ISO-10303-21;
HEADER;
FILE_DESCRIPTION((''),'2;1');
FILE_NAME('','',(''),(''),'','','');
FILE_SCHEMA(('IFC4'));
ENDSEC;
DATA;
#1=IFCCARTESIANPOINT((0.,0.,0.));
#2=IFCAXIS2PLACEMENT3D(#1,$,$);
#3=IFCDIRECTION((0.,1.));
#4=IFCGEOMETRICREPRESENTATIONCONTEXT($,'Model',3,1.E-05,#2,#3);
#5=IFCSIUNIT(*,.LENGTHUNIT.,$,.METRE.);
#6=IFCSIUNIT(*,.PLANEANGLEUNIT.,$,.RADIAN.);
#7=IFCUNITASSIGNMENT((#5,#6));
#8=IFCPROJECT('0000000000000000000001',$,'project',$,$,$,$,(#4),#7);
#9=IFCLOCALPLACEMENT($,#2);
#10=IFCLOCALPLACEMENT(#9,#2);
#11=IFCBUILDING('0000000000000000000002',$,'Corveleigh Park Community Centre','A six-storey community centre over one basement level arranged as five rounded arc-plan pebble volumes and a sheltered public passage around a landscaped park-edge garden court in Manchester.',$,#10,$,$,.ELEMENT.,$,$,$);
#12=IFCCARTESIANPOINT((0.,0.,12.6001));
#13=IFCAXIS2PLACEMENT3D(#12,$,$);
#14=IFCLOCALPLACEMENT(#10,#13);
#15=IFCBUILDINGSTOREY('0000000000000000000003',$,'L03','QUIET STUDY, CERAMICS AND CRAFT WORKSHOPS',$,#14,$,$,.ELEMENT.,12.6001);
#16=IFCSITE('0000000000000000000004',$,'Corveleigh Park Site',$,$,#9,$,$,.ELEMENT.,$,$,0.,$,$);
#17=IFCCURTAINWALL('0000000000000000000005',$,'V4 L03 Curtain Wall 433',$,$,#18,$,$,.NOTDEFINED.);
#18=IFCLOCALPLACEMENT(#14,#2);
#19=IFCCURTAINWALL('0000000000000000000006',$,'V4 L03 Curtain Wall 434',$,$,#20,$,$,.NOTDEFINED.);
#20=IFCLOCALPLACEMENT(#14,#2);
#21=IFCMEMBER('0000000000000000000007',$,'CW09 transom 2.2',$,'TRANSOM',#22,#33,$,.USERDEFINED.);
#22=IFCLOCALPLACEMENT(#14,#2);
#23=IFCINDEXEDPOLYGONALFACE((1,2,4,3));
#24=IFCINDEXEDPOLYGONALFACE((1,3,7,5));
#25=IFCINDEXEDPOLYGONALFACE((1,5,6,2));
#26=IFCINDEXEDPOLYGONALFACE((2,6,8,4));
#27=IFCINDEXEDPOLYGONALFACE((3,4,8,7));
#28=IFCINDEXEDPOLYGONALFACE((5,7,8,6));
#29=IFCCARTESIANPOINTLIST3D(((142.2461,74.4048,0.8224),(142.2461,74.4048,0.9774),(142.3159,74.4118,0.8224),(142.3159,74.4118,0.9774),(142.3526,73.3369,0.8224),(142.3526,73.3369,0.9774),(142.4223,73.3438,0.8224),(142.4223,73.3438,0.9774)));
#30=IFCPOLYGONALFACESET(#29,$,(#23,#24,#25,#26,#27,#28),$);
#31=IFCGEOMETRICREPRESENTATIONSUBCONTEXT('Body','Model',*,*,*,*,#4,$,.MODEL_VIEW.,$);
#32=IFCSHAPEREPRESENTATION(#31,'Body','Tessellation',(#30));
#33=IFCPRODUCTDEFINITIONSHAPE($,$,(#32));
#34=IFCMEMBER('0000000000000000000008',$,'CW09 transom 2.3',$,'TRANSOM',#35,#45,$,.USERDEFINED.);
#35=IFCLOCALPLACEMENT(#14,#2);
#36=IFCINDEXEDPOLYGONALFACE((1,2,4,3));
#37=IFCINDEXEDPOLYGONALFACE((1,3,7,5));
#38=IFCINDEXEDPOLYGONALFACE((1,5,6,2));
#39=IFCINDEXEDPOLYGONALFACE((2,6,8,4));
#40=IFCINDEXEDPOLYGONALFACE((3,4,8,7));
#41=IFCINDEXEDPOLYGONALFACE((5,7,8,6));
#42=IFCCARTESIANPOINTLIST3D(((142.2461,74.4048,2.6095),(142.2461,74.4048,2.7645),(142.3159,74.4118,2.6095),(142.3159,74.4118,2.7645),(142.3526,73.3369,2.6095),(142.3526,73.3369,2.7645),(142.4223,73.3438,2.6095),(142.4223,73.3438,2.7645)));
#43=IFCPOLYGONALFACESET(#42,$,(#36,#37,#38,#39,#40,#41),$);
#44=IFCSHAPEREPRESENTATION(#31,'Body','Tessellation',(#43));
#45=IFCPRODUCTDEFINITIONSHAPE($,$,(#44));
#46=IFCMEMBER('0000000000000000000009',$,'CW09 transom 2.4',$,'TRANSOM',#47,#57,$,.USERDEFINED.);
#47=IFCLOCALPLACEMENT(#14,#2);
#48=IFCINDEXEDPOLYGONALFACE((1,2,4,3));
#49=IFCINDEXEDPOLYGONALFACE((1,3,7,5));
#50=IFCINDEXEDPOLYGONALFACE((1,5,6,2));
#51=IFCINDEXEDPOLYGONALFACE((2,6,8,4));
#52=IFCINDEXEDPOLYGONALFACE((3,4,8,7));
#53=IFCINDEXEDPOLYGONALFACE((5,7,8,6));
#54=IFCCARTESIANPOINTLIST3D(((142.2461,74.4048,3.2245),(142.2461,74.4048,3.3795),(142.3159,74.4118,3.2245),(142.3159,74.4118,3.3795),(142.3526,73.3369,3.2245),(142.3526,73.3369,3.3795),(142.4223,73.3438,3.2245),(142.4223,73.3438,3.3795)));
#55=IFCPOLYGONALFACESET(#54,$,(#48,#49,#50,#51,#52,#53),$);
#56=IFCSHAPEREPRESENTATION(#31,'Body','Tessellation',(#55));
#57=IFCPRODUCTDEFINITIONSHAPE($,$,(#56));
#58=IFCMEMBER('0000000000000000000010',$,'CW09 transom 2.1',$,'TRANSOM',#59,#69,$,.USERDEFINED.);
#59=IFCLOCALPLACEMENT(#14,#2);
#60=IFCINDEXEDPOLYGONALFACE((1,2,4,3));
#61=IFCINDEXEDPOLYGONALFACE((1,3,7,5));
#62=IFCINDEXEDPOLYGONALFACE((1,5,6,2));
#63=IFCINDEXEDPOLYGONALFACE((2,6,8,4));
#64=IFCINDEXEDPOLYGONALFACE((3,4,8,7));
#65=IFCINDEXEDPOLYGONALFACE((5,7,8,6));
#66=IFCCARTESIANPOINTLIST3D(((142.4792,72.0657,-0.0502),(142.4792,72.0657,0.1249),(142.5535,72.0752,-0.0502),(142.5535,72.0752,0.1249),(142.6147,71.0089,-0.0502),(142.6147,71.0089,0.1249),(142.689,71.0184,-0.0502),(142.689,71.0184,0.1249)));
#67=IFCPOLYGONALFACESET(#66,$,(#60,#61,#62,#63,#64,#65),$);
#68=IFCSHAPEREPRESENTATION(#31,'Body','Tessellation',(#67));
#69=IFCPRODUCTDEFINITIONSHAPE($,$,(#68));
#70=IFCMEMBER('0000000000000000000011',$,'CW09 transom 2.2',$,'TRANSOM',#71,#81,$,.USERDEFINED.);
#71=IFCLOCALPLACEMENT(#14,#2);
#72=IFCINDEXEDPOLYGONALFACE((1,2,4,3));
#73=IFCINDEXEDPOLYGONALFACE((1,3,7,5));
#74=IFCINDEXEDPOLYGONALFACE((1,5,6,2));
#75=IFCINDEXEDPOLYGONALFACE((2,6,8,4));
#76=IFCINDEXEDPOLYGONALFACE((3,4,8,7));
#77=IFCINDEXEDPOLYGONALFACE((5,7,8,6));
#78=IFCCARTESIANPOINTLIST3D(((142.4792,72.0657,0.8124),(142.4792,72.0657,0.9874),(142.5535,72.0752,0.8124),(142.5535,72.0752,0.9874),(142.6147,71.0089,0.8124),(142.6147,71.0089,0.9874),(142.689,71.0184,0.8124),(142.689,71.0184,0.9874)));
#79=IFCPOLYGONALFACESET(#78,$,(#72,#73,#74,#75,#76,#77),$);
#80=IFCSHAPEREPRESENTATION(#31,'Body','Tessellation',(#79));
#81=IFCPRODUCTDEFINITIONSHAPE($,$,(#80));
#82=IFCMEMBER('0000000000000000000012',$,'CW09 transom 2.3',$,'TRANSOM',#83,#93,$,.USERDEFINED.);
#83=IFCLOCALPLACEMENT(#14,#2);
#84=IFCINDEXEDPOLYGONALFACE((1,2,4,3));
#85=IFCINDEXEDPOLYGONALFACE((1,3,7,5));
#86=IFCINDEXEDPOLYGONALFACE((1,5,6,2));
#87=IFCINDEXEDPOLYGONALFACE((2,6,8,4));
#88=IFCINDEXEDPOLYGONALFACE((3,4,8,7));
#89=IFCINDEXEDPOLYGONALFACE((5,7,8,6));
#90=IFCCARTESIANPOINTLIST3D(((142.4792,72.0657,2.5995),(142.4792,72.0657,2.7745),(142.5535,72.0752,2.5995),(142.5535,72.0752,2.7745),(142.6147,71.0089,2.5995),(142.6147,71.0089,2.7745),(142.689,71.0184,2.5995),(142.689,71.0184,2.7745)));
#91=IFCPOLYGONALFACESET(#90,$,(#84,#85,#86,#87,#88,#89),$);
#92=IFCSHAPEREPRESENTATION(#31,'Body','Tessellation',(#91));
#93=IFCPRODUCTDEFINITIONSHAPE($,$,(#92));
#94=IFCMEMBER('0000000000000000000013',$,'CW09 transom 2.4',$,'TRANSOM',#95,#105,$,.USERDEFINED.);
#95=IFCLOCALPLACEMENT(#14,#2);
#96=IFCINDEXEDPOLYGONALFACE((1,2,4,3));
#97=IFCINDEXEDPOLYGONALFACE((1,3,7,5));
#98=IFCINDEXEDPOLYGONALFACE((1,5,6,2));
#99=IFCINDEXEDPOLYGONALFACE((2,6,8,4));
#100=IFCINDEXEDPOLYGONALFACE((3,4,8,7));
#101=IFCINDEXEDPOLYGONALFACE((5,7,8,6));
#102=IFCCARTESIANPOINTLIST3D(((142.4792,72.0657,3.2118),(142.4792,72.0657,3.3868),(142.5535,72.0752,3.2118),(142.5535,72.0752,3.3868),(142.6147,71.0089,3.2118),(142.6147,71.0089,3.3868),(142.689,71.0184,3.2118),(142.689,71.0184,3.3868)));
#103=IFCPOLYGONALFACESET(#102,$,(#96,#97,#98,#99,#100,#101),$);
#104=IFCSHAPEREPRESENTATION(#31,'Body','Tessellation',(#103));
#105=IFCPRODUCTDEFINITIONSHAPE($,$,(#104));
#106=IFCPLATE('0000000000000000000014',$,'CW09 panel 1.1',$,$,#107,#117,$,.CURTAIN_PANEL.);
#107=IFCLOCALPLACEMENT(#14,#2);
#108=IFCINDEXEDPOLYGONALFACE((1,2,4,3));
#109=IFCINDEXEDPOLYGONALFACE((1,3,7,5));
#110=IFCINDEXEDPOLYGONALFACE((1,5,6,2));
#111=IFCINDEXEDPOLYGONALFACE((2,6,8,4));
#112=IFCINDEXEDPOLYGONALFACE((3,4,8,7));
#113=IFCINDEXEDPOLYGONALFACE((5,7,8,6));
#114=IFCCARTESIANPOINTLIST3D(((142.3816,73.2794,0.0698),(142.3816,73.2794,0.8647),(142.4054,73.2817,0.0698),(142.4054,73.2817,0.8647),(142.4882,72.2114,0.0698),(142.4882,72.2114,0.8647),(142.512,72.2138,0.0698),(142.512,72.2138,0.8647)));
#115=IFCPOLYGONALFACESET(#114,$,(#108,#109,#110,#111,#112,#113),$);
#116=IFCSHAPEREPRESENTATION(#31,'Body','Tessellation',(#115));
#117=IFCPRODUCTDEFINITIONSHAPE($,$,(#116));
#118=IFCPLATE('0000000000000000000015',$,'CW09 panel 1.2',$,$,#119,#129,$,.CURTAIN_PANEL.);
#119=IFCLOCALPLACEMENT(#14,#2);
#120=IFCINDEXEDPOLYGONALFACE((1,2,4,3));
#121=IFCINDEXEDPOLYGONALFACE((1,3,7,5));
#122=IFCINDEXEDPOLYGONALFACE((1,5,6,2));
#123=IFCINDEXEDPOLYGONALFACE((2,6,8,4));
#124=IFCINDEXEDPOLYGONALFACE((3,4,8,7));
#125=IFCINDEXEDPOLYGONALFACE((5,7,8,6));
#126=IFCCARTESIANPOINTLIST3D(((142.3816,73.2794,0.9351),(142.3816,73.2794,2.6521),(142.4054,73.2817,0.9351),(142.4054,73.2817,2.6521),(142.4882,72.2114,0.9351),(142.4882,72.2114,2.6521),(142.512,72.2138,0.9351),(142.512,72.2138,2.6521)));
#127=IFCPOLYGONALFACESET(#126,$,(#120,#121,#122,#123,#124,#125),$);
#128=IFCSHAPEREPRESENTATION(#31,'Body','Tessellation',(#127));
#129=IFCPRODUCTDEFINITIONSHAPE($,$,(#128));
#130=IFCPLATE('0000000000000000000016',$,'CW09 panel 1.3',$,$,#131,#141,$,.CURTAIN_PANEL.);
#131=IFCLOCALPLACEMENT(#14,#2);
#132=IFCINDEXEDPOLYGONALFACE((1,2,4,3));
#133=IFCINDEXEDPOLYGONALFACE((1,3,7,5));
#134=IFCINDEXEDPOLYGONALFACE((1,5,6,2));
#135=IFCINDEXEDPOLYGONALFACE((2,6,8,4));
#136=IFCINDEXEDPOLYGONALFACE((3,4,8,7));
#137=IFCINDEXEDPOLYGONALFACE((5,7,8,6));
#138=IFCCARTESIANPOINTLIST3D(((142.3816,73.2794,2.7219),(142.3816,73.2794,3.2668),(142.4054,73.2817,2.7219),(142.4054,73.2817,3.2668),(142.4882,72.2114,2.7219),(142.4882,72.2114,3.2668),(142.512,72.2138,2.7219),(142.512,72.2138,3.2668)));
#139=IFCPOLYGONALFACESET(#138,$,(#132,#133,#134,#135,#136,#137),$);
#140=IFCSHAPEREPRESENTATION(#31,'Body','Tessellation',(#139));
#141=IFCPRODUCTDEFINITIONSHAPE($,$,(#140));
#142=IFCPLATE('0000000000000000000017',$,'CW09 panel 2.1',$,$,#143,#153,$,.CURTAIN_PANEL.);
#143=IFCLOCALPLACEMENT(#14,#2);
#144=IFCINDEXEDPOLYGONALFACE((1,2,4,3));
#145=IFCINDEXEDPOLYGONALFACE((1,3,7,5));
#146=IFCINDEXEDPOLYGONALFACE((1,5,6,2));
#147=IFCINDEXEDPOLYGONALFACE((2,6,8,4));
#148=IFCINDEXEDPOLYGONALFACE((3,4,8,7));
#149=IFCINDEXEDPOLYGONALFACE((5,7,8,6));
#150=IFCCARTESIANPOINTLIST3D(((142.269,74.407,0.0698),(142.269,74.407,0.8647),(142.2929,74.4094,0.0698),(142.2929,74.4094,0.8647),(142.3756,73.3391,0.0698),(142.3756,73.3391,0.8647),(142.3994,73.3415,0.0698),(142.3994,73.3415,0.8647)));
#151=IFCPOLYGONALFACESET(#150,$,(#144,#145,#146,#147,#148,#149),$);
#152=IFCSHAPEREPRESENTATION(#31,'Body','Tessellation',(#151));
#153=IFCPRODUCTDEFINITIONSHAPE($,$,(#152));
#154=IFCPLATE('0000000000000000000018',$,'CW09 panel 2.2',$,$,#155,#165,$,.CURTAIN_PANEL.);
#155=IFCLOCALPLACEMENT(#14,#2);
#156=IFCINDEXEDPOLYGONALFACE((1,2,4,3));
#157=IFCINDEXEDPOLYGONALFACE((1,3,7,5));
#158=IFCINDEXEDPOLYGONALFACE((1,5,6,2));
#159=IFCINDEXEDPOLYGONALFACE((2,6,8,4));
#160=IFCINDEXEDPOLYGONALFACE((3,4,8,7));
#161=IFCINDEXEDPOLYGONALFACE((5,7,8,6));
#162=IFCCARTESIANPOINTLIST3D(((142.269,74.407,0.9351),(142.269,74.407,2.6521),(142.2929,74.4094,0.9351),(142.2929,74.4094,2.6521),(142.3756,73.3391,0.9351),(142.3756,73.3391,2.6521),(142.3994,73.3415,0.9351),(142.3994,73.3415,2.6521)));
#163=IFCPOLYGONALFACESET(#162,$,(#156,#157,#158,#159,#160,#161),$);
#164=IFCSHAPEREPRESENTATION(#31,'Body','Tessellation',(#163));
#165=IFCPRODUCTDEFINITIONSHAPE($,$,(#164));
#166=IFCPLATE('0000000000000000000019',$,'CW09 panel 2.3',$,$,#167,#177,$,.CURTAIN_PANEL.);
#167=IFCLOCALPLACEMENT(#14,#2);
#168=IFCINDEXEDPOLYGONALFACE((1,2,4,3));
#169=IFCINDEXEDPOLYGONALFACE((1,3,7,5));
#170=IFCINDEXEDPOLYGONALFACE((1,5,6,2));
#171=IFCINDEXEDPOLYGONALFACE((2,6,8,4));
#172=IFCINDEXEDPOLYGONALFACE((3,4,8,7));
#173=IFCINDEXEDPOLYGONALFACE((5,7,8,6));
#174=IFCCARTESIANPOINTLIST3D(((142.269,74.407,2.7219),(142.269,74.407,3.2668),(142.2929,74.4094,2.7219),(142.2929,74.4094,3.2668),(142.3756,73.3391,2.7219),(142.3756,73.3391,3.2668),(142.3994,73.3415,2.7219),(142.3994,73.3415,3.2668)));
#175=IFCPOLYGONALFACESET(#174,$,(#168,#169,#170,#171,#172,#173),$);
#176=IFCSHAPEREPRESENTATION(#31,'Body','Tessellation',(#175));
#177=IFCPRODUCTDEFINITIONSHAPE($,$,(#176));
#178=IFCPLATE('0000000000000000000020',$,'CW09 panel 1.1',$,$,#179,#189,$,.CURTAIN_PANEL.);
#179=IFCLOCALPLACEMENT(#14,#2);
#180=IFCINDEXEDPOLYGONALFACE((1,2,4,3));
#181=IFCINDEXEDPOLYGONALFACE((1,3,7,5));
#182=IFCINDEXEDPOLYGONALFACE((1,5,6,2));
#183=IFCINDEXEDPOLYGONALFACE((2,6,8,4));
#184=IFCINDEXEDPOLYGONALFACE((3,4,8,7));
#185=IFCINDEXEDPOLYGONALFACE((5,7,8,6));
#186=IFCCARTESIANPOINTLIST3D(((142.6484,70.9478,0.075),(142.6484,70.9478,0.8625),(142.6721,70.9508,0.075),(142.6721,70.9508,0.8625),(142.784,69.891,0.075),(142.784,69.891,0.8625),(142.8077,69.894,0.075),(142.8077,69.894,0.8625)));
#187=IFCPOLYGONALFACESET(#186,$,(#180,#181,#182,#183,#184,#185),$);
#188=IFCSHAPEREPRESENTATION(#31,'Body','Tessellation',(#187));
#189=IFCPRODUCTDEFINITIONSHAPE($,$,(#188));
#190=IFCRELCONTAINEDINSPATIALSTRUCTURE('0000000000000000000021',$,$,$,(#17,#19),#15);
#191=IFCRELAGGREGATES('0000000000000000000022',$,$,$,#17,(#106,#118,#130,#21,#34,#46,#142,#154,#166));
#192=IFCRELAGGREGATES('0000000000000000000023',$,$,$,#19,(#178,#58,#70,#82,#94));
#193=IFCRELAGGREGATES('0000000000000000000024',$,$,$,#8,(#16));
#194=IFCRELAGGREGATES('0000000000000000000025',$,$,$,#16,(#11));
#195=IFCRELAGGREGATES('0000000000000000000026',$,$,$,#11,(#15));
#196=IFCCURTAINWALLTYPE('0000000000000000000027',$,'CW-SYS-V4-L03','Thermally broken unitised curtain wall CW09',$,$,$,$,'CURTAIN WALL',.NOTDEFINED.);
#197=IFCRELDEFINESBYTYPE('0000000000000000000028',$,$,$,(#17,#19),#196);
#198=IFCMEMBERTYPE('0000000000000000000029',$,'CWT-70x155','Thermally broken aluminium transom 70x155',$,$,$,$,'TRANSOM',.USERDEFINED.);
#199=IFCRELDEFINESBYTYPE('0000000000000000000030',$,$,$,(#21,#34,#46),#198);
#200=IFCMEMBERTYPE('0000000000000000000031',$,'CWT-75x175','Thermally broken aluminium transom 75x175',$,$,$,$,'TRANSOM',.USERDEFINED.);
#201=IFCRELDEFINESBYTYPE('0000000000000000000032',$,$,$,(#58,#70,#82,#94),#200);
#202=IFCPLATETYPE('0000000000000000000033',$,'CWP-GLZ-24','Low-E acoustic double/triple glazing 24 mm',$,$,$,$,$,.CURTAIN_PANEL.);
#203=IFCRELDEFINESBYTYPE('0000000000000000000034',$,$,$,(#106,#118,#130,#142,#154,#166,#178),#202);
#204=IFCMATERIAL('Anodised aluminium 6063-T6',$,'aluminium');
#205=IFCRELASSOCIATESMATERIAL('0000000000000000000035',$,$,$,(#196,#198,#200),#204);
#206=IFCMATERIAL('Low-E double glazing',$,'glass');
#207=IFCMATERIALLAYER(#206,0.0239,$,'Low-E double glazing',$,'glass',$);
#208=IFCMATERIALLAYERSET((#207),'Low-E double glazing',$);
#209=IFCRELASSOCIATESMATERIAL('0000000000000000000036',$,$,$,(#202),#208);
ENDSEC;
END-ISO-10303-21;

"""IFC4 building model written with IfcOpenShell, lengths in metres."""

from ifc_helpers import new_model, si_unit, direction, frame, origin, origin_2d, place, context, subcontext, project, spatial, rectangle, extrude, material, layer, layer_set, material_profile, profile_set, type_object, element, aggregate, save


model = new_model("IFC4")

# Units and contexts
model_context = context("Model", 3, precision=1e-05, world=origin(), true_north=direction((0.0, 1.0)))
body_context = subcontext(model_context, "Body", "Model", "MODEL_VIEW")
ifc_project = project(units=[si_unit("LENGTHUNIT", "METRE"), si_unit("PLANEANGLEUNIT", "RADIAN")], contexts=[model_context])

# Site, building, storey
site_placement = place(None, origin())
site = spatial("IfcSite", under=ifc_project, at=site_placement, Name="Corveleigh Park Site", CompositionType="ELEMENT", RefElevation=0.0)
building_placement = place(site_placement, origin())
building = spatial("IfcBuilding", under=site, at=building_placement, Name="Corveleigh Park Community Centre", Description="A six-storey community centre over one basement level arranged as five rounded arc-plan pebble volumes and a sheltered public passage around a landscaped park-edge garden court in Manchester.", CompositionType="ELEMENT")
storey_placement = place(building_placement, frame((0.0, 0.0, 12.6001)))
storey = spatial("IfcBuildingStorey", under=building, at=storey_placement, Name="L03", Description="QUIET STUDY, CERAMICS AND CRAFT WORKSHOPS", CompositionType="ELEMENT", Elevation=12.6001)

# Curtain walls
ifc_material_1 = material(Name="Anodised aluminium 6063-T6", Category="aluminium")
curtain_wall_type = type_object("IfcCurtainWallType", Name="CW-SYS-V4-L03", Description="Thermally broken unitised curtain wall CW09", ElementType="CURTAIN WALL", PredefinedType="NOTDEFINED", material=ifc_material_1)
curtain_wall_1_placement = place(storey_placement, origin())
curtain_wall_1 = element("IfcCurtainWall", 1, at=curtain_wall_1_placement, inside=storey, type_object=curtain_wall_type, Name="V4 L03 Curtain Wall 433", PredefinedType="NOTDEFINED")
curtain_wall_2_placement = place(storey_placement, origin())
curtain_wall_2 = element("IfcCurtainWall", 2, at=curtain_wall_2_placement, inside=storey, type_object=curtain_wall_type, Name="V4 L03 Curtain Wall 434", PredefinedType="NOTDEFINED")

# Members
ifc_material_profile_1 = material_profile(ifc_material_1, rectangle(XDim=0.0701, YDim=0.155, at=origin_2d()), Name="ALU-T70x155", Category="aluminium")
ifc_profile_set_1 = profile_set([ifc_material_profile_1], Name="Anodised aluminium 6063-T6")
member_type_1 = type_object("IfcMemberType", Name="CWT-70x155", Description="Thermally broken aluminium transom 70x155", ElementType="TRANSOM", PredefinedType="USERDEFINED", material=ifc_profile_set_1)
member_1_placement = place(storey_placement, frame((142.3875, 73.3403, 0.8999), z_axis=(-0.099188, 0.995069, 0.0), x_axis=(-0.995069, -0.099188, 0.0)))
member_1 = element("IfcMember", 3, at=member_1_placement, type_object=member_type_1, Name="CW09 transom 2.2", ObjectType="TRANSOM", PredefinedType="USERDEFINED", context=body_context, shape_type="SweptSolid", body=[
    extrude(rectangle(XDim=0.0701, YDim=0.155, at=origin_2d()), origin(), (0.0, 0.0, 1.0), 1.0732),
])
member_2_placement = place(storey_placement, frame((142.3875, 73.3403, 2.687), z_axis=(-0.099188, 0.995069, 0.0), x_axis=(-0.995069, -0.099188, 0.0)))
member_2 = element("IfcMember", 4, at=member_2_placement, type_object=member_type_1, Name="CW09 transom 2.3", ObjectType="TRANSOM", PredefinedType="USERDEFINED", context=body_context, shape_type="SweptSolid", body=[
    extrude(rectangle(XDim=0.0701, YDim=0.155, at=origin_2d()), origin(), (0.0, 0.0, 1.0), 1.0732),
])
member_3_placement = place(storey_placement, frame((142.3875, 73.3403, 3.302), z_axis=(-0.099188, 0.995069, 0.0), x_axis=(-0.995069, -0.099188, 0.0)))
member_3 = element("IfcMember", 5, at=member_3_placement, type_object=member_type_1, Name="CW09 transom 2.4", ObjectType="TRANSOM", PredefinedType="USERDEFINED", context=body_context, shape_type="SweptSolid", body=[
    extrude(rectangle(XDim=0.0701, YDim=0.155, at=origin_2d()), origin(), (0.0, 0.0, 1.0), 1.0732),
])
ifc_material_profile_2 = material_profile(ifc_material_1, rectangle(XDim=0.075, YDim=0.175, at=origin_2d()), Name="ALU-T75x175", Category="aluminium")
ifc_profile_set_2 = profile_set([ifc_material_profile_2], Name="Anodised aluminium 6063-T6")
member_type_2 = type_object("IfcMemberType", Name="CWT-75x175", Description="Thermally broken aluminium transom 75x175", ElementType="TRANSOM", PredefinedType="USERDEFINED", material=ifc_profile_set_2)
member_4_placement = place(storey_placement, frame((142.6519, 71.0137, 0.0374), z_axis=(-0.127164, 0.991882, 0.0), x_axis=(-0.991882, -0.127164, 0.0)))
member_4 = element("IfcMember", 6, at=member_4_placement, type_object=member_type_2, Name="CW09 transom 2.1", ObjectType="TRANSOM", PredefinedType="USERDEFINED", context=body_context, shape_type="SweptSolid", body=[
    extrude(rectangle(XDim=0.075, YDim=0.175, at=origin_2d()), origin(), (0.0, 0.0, 1.0), 1.0654),
])
member_5_placement = place(storey_placement, frame((142.6519, 71.0137, 0.8999), z_axis=(-0.127164, 0.991882, 0.0), x_axis=(-0.991882, -0.127164, 0.0)))
member_5 = element("IfcMember", 7, at=member_5_placement, type_object=member_type_2, Name="CW09 transom 2.2", ObjectType="TRANSOM", PredefinedType="USERDEFINED", context=body_context, shape_type="SweptSolid", body=[
    extrude(rectangle(XDim=0.075, YDim=0.175, at=origin_2d()), origin(), (0.0, 0.0, 1.0), 1.0654),
])
member_6_placement = place(storey_placement, frame((142.6519, 71.0137, 2.687), z_axis=(-0.127164, 0.991882, 0.0), x_axis=(-0.991882, -0.127164, 0.0)))
member_6 = element("IfcMember", 8, at=member_6_placement, type_object=member_type_2, Name="CW09 transom 2.3", ObjectType="TRANSOM", PredefinedType="USERDEFINED", context=body_context, shape_type="SweptSolid", body=[
    extrude(rectangle(XDim=0.075, YDim=0.175, at=origin_2d()), origin(), (0.0, 0.0, 1.0), 1.0654),
])
member_7_placement = place(storey_placement, frame((142.6519, 71.0137, 3.2993), z_axis=(-0.127164, 0.991882, 0.0), x_axis=(-0.991882, -0.127164, 0.0)))
member_7 = element("IfcMember", 9, at=member_7_placement, type_object=member_type_2, Name="CW09 transom 2.4", ObjectType="TRANSOM", PredefinedType="USERDEFINED", context=body_context, shape_type="SweptSolid", body=[
    extrude(rectangle(XDim=0.075, YDim=0.175, at=origin_2d()), origin(), (0.0, 0.0, 1.0), 1.0654),
])

# Plates
ifc_material_2 = material(Name="Low-E double glazing", Category="glass")
ifc_layer = layer(ifc_material_2, 0.0239, Name="Low-E double glazing", Category="glass")
ifc_layer_set = layer_set([ifc_layer], Name="Low-E double glazing")
plate_type = type_object("IfcPlateType", Name="CWP-GLZ-24", Description="Low-E acoustic double/triple glazing 24 mm", PredefinedType="CURTAIN_PANEL", material=ifc_layer_set)
plate_1_placement = place(storey_placement, frame((142.4468, 72.7466, 0.0698), z_axis=(0.0, 0.0, 1.0), x_axis=(-0.099291, 0.995058, 0.0)))
plate_1 = element("IfcPlate", 10, at=plate_1_placement, type_object=plate_type, Name="CW09 panel 1.1", PredefinedType="CURTAIN_PANEL", context=body_context, shape_type="SweptSolid", body=[
    extrude(rectangle(XDim=1.0732, YDim=0.0239, at=origin_2d()), origin(), (0.0, 0.0, 1.0), 0.7949),
])
plate_2_placement = place(storey_placement, frame((142.4468, 72.7466, 0.9351), z_axis=(0.0, 0.0, 1.0), x_axis=(-0.099291, 0.995058, 0.0)))
plate_2 = element("IfcPlate", 11, at=plate_2_placement, type_object=plate_type, Name="CW09 panel 1.2", PredefinedType="CURTAIN_PANEL", context=body_context, shape_type="SweptSolid", body=[
    extrude(rectangle(XDim=1.0732, YDim=0.0239, at=origin_2d()), origin(), (0.0, 0.0, 1.0), 1.717),
])
plate_3_placement = place(storey_placement, frame((142.4468, 72.7466, 2.7219), z_axis=(0.0, 0.0, 1.0), x_axis=(-0.099291, 0.995058, 0.0)))
plate_3 = element("IfcPlate", 12, at=plate_3_placement, type_object=plate_type, Name="CW09 panel 1.3", PredefinedType="CURTAIN_PANEL", context=body_context, shape_type="SweptSolid", body=[
    extrude(rectangle(XDim=1.0732, YDim=0.0239, at=origin_2d()), origin(), (0.0, 0.0, 1.0), 0.5449),
])
plate_4_placement = place(storey_placement, frame((142.3342, 73.8743, 0.0698), z_axis=(0.0, 0.0, 1.0), x_axis=(-0.099291, 0.995058, 0.0)))
plate_4 = element("IfcPlate", 13, at=plate_4_placement, type_object=plate_type, Name="CW09 panel 2.1", PredefinedType="CURTAIN_PANEL", context=body_context, shape_type="SweptSolid", body=[
    extrude(rectangle(XDim=1.0732, YDim=0.0239, at=origin_2d()), origin(), (0.0, 0.0, 1.0), 0.7949),
])
plate_5_placement = place(storey_placement, frame((142.3342, 73.8743, 0.9351), z_axis=(0.0, 0.0, 1.0), x_axis=(-0.099291, 0.995058, 0.0)))
plate_5 = element("IfcPlate", 14, at=plate_5_placement, type_object=plate_type, Name="CW09 panel 2.2", PredefinedType="CURTAIN_PANEL", context=body_context, shape_type="SweptSolid", body=[
    extrude(rectangle(XDim=1.0732, YDim=0.0239, at=origin_2d()), origin(), (0.0, 0.0, 1.0), 1.717),
])
plate_6_placement = place(storey_placement, frame((142.3342, 73.8743, 2.7219), z_axis=(0.0, 0.0, 1.0), x_axis=(-0.099291, 0.995058, 0.0)))
plate_6 = element("IfcPlate", 15, at=plate_6_placement, type_object=plate_type, Name="CW09 panel 2.3", PredefinedType="CURTAIN_PANEL", context=body_context, shape_type="SweptSolid", body=[
    extrude(rectangle(XDim=1.0732, YDim=0.0239, at=origin_2d()), origin(), (0.0, 0.0, 1.0), 0.5449),
])
aggregate(curtain_wall_1, [plate_1, plate_2, plate_3, member_1, member_2, member_3, plate_4, plate_5, plate_6])
plate_7_placement = place(storey_placement, frame((142.728, 70.4209, 0.075), z_axis=(0.0, 0.0, 1.0), x_axis=(-0.127262, 0.991869, 0.0)))
plate_7 = element("IfcPlate", 16, at=plate_7_placement, type_object=plate_type, Name="CW09 panel 1.1", PredefinedType="CURTAIN_PANEL", context=body_context, shape_type="SweptSolid", body=[
    extrude(rectangle(XDim=1.0654, YDim=0.0239, at=origin_2d()), origin(), (0.0, 0.0, 1.0), 0.7876),
])
aggregate(curtain_wall_2, [plate_7, member_4, member_5, member_6, member_7])

save(model, "model.ifc")
